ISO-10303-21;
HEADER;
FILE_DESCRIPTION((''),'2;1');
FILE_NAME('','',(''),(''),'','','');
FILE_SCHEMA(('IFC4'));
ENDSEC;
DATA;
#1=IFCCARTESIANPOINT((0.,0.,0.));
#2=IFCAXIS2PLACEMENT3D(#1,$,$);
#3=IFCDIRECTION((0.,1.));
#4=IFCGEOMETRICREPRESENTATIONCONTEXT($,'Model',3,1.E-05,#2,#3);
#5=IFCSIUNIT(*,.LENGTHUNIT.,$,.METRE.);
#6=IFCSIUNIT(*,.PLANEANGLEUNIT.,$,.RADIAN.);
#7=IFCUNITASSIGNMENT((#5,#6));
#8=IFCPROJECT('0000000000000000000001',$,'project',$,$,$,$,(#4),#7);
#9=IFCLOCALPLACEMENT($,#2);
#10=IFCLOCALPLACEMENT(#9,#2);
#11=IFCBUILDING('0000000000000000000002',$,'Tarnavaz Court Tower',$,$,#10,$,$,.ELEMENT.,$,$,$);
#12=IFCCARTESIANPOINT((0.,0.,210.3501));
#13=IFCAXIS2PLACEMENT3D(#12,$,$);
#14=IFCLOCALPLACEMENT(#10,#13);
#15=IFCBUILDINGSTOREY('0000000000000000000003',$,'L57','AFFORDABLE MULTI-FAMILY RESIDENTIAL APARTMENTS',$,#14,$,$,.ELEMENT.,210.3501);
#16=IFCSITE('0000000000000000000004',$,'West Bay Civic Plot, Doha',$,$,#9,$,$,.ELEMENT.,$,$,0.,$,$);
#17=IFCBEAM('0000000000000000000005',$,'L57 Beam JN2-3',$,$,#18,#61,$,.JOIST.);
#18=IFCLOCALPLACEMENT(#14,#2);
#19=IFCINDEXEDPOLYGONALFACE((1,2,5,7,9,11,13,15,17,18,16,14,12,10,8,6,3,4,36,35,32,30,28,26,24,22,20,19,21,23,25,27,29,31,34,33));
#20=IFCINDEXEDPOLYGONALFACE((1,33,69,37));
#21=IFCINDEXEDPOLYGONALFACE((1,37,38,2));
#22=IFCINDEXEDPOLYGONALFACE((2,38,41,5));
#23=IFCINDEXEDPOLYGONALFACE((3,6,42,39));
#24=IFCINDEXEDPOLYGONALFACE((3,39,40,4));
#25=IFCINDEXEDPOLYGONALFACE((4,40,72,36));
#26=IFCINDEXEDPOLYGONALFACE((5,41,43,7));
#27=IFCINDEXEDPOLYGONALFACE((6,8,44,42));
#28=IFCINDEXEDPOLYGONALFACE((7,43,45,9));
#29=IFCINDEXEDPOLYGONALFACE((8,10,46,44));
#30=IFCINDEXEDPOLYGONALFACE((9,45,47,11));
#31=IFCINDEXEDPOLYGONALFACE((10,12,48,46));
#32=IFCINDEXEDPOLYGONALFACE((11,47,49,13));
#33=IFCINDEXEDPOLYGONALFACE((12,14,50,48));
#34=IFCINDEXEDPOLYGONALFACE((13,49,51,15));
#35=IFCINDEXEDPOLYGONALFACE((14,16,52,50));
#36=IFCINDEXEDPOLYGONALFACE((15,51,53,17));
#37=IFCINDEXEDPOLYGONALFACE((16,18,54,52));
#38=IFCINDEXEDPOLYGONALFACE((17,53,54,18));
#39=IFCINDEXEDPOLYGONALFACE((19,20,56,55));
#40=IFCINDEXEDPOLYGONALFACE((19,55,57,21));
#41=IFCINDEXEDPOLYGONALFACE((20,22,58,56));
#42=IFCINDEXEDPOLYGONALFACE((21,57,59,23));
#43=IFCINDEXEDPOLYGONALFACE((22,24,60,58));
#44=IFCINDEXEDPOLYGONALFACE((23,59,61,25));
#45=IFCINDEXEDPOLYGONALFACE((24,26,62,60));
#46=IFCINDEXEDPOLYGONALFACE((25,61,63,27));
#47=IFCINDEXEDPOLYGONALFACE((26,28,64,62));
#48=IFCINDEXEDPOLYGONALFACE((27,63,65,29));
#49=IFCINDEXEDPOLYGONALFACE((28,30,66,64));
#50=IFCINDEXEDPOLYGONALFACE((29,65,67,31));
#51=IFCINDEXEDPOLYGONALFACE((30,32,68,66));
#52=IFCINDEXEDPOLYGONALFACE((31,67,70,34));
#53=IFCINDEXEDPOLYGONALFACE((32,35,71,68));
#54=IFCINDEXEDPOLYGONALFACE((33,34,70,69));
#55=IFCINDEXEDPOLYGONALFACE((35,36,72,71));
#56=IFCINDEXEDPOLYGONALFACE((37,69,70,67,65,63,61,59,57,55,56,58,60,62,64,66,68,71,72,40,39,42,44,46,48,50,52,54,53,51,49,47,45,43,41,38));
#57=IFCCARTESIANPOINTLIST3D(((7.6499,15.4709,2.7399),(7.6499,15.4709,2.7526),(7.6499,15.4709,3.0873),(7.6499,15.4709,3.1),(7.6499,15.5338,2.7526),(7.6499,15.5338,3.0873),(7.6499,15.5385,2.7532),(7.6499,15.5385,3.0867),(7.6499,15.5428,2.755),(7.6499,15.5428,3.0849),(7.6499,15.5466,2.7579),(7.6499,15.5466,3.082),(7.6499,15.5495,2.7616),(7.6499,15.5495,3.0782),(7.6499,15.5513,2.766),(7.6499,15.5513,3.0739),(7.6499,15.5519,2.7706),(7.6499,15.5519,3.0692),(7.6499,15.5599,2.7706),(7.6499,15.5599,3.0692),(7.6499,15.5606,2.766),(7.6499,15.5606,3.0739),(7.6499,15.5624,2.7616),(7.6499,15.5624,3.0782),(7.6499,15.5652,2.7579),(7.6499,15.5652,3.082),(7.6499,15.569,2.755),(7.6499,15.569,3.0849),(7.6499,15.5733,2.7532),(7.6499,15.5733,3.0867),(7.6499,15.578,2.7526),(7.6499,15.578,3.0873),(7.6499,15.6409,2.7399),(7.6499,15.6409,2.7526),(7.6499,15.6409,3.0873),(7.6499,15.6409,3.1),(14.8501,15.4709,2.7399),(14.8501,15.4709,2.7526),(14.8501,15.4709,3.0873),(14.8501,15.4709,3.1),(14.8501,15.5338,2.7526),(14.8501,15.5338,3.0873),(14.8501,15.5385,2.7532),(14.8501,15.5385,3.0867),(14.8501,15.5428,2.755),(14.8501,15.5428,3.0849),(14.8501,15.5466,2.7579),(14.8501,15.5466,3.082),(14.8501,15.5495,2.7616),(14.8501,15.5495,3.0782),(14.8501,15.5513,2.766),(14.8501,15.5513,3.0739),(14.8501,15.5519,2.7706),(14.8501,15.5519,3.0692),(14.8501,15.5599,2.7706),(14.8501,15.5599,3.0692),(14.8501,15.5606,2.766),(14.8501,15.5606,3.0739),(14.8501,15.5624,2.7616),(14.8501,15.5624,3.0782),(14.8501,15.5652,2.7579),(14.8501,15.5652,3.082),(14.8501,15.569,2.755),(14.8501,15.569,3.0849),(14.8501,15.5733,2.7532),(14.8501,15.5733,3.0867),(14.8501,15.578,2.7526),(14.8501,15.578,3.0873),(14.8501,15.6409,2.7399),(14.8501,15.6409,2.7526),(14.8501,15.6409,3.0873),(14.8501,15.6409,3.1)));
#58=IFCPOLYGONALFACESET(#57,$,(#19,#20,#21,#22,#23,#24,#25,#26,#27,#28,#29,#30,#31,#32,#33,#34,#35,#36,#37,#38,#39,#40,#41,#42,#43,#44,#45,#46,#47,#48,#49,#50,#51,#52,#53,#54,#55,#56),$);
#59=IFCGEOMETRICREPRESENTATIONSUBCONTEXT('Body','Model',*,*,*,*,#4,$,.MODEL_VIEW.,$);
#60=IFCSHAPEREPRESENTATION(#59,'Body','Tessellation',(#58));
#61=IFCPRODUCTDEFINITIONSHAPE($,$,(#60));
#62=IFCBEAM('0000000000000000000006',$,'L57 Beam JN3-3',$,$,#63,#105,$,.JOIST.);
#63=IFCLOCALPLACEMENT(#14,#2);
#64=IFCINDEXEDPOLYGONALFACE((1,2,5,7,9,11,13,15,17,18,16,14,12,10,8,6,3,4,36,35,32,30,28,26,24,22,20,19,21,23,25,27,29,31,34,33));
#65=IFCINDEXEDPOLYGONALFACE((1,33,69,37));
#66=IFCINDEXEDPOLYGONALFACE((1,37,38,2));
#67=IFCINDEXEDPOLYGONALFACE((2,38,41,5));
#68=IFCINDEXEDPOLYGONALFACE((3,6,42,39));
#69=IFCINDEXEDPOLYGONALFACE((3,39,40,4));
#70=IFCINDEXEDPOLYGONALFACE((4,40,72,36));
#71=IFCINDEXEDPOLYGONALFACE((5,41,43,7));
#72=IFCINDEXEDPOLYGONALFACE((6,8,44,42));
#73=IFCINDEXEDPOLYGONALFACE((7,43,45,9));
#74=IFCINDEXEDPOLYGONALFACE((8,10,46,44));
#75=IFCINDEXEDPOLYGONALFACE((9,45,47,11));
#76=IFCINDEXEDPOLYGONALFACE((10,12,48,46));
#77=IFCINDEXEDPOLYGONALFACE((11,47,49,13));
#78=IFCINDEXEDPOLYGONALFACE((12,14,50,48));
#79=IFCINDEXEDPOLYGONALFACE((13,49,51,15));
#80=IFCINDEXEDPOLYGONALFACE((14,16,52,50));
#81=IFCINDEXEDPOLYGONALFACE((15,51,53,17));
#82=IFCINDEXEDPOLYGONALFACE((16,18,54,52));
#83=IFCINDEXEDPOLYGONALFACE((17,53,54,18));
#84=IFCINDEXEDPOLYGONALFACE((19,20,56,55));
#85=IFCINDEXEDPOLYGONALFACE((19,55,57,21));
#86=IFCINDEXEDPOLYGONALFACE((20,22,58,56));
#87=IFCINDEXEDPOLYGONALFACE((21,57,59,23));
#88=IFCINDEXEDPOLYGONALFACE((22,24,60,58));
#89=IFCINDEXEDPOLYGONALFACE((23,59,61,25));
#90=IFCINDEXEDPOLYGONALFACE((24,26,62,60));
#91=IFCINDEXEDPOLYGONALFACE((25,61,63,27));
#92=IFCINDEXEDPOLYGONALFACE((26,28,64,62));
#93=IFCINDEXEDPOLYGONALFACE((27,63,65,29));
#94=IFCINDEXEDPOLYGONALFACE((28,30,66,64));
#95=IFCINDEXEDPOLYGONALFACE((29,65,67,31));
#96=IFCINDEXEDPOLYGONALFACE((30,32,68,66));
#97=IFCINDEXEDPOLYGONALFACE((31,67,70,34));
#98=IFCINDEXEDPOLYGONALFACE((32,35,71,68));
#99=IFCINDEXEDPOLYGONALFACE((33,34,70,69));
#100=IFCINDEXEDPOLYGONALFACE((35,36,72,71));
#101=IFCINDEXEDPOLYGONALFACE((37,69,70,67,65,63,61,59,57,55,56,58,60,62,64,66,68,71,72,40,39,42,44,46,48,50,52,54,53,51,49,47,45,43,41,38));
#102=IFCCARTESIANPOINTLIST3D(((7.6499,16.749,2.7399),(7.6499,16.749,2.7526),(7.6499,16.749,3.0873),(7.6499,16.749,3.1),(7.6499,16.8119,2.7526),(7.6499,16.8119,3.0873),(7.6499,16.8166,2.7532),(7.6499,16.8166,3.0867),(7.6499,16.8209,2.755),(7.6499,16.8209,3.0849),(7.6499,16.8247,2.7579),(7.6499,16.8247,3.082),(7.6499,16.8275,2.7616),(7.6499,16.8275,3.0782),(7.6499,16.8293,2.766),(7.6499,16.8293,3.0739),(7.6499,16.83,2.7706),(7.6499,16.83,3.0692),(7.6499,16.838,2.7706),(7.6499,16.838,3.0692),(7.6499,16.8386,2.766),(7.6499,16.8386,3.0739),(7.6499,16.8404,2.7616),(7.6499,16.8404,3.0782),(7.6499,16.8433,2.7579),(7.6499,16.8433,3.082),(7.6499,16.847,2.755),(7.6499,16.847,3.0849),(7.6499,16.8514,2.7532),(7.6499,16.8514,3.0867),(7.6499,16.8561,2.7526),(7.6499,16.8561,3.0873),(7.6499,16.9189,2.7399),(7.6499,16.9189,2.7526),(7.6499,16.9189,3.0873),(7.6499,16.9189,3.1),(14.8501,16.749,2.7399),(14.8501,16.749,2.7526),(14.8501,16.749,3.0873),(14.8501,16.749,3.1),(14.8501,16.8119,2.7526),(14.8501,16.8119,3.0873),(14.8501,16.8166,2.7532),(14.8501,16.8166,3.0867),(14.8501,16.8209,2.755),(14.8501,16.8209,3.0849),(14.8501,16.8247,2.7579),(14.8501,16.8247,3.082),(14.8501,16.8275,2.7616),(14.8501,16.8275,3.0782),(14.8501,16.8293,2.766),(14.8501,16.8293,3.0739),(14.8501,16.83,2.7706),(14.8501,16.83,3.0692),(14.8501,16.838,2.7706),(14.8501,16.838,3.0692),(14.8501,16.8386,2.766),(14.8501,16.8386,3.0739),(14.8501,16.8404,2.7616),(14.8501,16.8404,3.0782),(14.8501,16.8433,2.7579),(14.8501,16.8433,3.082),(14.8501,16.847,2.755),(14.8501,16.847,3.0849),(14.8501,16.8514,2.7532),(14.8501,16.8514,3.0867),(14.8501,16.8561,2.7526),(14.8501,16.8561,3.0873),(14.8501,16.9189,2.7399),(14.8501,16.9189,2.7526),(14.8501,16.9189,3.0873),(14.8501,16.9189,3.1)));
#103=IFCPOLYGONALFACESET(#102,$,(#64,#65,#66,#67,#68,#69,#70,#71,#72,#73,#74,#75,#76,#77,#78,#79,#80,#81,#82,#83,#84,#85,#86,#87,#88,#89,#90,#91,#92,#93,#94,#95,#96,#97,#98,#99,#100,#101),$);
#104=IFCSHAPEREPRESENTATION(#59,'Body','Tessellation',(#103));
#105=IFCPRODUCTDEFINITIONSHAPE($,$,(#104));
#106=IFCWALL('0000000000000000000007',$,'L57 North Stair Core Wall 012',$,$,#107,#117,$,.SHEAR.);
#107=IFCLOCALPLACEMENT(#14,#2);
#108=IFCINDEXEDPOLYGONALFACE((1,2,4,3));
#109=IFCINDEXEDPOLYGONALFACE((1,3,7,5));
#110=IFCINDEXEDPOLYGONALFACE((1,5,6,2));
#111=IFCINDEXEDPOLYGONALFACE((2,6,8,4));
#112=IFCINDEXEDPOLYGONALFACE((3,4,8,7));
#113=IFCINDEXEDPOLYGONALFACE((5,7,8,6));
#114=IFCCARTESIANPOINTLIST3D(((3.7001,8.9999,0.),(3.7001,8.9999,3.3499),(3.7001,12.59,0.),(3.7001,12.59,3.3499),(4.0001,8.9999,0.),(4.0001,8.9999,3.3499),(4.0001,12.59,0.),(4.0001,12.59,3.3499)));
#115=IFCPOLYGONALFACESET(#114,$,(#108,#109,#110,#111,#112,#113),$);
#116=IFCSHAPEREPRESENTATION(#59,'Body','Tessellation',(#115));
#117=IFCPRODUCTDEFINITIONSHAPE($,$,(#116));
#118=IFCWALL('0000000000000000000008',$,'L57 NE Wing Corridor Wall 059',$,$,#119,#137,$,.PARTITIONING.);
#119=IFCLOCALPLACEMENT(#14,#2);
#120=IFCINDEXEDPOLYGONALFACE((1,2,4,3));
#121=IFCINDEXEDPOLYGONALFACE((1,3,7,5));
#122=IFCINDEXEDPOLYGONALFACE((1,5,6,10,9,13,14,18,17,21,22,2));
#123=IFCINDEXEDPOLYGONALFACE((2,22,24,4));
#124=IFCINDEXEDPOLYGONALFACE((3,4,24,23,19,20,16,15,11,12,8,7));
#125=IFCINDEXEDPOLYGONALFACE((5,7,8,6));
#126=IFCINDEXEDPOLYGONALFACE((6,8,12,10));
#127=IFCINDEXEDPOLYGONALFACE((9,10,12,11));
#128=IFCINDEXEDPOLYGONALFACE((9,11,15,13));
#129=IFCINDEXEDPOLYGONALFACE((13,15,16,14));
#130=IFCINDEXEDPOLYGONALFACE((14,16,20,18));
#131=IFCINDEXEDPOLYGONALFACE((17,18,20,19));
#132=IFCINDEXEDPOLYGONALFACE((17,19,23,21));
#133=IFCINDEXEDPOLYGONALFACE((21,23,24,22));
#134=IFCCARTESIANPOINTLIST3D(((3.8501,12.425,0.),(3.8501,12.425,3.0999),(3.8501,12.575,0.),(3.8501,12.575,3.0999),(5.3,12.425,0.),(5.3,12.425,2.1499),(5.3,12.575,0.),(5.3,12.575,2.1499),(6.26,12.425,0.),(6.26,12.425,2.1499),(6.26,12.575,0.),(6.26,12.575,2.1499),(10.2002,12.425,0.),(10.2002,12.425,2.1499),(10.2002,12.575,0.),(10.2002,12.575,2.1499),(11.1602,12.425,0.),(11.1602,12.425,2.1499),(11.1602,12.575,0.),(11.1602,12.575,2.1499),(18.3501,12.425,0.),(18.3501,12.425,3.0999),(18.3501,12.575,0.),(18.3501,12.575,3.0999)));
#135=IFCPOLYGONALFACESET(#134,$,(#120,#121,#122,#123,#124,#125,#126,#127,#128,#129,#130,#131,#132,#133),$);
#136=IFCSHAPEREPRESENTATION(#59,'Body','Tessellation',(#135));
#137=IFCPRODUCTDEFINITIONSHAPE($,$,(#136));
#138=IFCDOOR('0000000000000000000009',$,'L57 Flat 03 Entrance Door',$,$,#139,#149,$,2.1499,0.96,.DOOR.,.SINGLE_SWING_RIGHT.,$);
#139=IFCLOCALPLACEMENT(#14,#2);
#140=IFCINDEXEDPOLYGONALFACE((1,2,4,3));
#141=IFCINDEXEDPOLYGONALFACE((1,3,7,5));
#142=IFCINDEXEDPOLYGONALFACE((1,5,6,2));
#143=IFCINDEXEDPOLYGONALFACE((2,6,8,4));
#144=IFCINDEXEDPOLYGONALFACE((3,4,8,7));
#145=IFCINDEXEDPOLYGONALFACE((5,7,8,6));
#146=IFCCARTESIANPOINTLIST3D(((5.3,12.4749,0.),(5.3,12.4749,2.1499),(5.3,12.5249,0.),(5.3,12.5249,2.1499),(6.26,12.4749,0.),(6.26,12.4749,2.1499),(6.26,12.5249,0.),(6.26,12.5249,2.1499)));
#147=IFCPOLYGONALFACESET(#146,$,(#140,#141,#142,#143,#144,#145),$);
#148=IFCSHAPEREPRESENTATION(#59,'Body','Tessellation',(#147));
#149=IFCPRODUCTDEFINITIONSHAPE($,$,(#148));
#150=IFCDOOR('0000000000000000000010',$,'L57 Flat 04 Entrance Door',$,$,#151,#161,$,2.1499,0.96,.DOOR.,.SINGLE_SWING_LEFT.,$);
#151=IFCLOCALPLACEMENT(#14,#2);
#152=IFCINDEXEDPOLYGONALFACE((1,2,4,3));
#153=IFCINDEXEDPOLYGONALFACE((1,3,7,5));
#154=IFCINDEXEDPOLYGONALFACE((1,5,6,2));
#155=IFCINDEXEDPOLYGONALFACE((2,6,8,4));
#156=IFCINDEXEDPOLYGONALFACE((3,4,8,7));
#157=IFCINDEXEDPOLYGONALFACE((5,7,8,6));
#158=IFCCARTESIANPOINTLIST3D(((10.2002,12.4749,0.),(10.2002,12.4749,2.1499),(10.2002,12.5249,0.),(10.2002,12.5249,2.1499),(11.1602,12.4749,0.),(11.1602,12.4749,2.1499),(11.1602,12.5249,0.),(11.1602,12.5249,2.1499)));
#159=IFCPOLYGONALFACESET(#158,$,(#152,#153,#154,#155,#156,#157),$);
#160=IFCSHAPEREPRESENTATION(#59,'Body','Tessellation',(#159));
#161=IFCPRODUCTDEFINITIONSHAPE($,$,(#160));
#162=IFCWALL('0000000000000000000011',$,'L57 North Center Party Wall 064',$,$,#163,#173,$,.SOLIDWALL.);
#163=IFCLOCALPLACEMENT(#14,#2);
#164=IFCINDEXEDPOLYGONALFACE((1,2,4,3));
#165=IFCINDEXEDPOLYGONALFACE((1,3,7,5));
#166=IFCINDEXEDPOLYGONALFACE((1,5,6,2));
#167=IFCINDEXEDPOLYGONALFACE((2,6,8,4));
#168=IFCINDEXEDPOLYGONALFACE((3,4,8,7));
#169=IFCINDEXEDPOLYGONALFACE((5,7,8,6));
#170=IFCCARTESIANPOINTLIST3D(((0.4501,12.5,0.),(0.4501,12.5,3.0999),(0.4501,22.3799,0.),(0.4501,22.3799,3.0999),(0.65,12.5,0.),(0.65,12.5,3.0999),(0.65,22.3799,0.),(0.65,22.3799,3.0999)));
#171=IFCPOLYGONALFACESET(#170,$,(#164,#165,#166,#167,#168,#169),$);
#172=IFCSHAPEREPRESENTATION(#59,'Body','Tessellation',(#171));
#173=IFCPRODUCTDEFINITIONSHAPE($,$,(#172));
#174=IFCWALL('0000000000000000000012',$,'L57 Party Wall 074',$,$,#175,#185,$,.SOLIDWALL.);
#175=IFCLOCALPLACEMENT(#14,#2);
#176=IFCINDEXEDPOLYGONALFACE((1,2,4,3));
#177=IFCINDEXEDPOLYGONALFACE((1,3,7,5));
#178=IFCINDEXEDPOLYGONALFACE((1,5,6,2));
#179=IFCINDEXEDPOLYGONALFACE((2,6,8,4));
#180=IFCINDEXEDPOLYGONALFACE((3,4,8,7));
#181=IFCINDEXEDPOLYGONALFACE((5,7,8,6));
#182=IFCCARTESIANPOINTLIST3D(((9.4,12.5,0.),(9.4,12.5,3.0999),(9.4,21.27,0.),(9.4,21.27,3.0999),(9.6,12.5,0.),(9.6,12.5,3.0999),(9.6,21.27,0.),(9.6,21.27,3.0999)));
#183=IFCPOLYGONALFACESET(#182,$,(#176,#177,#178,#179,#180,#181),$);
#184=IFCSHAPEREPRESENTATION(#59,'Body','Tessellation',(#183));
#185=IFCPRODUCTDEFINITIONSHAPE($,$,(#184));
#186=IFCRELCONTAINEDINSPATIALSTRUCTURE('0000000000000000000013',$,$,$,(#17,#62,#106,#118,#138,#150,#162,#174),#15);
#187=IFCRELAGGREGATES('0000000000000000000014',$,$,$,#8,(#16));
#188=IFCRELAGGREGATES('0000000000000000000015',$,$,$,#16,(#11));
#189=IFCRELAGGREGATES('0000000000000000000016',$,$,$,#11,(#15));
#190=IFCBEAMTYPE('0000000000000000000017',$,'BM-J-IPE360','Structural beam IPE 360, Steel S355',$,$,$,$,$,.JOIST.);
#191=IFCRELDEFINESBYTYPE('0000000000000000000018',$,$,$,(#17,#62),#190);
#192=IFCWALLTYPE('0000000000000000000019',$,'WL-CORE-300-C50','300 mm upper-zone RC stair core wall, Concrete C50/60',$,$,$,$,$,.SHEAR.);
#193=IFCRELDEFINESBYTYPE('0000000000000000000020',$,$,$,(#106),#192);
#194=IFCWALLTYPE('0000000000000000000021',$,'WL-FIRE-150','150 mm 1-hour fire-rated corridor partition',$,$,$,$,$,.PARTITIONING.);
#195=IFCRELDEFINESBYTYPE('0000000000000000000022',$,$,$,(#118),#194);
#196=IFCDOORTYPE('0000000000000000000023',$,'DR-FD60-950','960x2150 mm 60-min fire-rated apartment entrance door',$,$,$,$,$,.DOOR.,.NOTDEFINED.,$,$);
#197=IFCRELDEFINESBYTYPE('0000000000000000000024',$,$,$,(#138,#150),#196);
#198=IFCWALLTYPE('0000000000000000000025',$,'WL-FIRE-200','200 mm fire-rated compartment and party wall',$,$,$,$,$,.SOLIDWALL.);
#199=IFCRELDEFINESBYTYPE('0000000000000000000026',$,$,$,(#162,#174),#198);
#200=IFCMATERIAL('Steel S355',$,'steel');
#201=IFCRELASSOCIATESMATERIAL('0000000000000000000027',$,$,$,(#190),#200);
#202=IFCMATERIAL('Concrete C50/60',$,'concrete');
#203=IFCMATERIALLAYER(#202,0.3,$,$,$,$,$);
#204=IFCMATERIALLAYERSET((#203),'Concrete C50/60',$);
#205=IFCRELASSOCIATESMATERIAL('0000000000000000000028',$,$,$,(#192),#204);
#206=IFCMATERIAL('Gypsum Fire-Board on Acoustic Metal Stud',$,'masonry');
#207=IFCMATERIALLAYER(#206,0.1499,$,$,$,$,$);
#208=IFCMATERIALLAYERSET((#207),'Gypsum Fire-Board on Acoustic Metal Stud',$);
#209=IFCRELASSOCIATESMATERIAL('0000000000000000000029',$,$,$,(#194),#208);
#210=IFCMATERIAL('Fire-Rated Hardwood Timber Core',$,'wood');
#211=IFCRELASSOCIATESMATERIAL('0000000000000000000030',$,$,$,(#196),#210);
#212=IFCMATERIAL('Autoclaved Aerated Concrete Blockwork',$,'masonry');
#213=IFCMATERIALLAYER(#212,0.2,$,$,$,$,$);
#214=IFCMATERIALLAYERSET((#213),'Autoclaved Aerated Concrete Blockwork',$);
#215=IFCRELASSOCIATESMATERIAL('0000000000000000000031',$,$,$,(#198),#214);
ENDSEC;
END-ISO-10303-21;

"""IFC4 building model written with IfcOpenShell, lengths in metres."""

from ifc_helpers import new_model, si_unit, direction, frame, frame_2d, origin, origin_2d, place, context, subcontext, project, spatial, rectangle, i_section, extrude, material, layer, layer_set, material_profile, profile_set, type_object, element, fill, save


model = new_model("IFC4")

# Units and contexts
model_context = context("Model", 3, precision=1e-05, world=origin(), true_north=direction((0.0, 1.0)))
body_context = subcontext(model_context, "Body", "Model", "MODEL_VIEW")
ifc_project = project(units=[si_unit("LENGTHUNIT", "METRE"), si_unit("PLANEANGLEUNIT", "RADIAN")], contexts=[model_context])

# Site, building, storey
site_placement = place(None, origin())
site = spatial("IfcSite", under=ifc_project, at=site_placement, Name="West Bay Civic Plot, Doha", CompositionType="ELEMENT", RefElevation=0.0)
building_placement = place(site_placement, origin())
building = spatial("IfcBuilding", under=site, at=building_placement, Name="Tarnavaz Court Tower", CompositionType="ELEMENT")
storey_placement = place(building_placement, frame((0.0, 0.0, 210.3501)))
storey = spatial("IfcBuildingStorey", under=building, at=storey_placement, Name="L57", Description="AFFORDABLE MULTI-FAMILY RESIDENTIAL APARTMENTS", CompositionType="ELEMENT", Elevation=210.3501)

# Shared definitions
ifc_material_1 = material(Name="Concrete C50/60", Category="concrete")

# Beams
ifc_material_2 = material(Name="Steel S355", Category="steel")
ifc_material_profile_1 = material_profile(ifc_material_2, i_section(OverallWidth=0.1699, OverallDepth=0.3601, WebThickness=0.0081, FlangeThickness=0.0127, FilletRadius=0.0181, at=origin_2d()), Name="IPE 360")
ifc_profile_set_1 = profile_set([ifc_material_profile_1], Name="Steel S355")
beam_type_1 = type_object("IfcBeamType", Name="BM-J-IPE360", Description="Structural beam IPE 360, Steel S355", PredefinedType="JOIST", material=ifc_profile_set_1)
for number, where, z_axis, x_axis, name in (
    (1, (7.6499, 15.5559, 2.9199), (1.0, 0.0, 0.0), (0.0, 1.0, 0.0), "L57 Beam JN2-3"),
    (2, (7.6499, 16.834, 2.9199), (1.0, 0.0, 0.0), (0.0, 1.0, 0.0), "L57 Beam JN3-3"),
):
    element("IfcBeam", number, at=place(storey_placement, frame(where, z_axis=z_axis, x_axis=x_axis)), inside=storey, type_object=beam_type_1, Name=name, PredefinedType="JOIST", context=body_context, shape_type="SweptSolid", body=[
        extrude(i_section(OverallWidth=0.1699, OverallDepth=0.3601, WebThickness=0.0081, FlangeThickness=0.0127, FilletRadius=0.0181, at=origin_2d()), origin(), (0.0, 0.0, 1.0), 7.2002),
    ])

# Wall
ifc_layer_1 = layer(ifc_material_1, 0.3)
ifc_layer_set_1 = layer_set([ifc_layer_1], Name="Concrete C50/60")
wall_type_1 = type_object("IfcWallType", Name="WL-CORE-300-C50", Description="300 mm upper-zone RC stair core wall, Concrete C50/60", PredefinedType="SHEAR", material=ifc_layer_set_1)
wall_1_placement = place(storey_placement, frame((3.8501, 9.0, 0.0), z_axis=(0.0, 0.0, 1.0), x_axis=(0.0, 1.0, 0.0)))
element("IfcWall", 3, at=wall_1_placement, inside=storey, type_object=wall_type_1, Name="L57 North Stair Core Wall 012", PredefinedType="SHEAR", context=body_context, shape_type="SweptSolid", body=[
    extrude(rectangle(XDim=3.5901, YDim=0.3, at=frame_2d((1.7949, 0.0))), origin(), (0.0, 0.0, 1.0), 3.3499),
])

# Wall, openings, doors
ifc_material_3 = material(Name="Gypsum Fire-Board on Acoustic Metal Stud", Category="masonry")
ifc_layer_2 = layer(ifc_material_3, 0.1499)
ifc_layer_set_2 = layer_set([ifc_layer_2], Name="Gypsum Fire-Board on Acoustic Metal Stud")
wall_type_2 = type_object("IfcWallType", Name="WL-FIRE-150", Description="150 mm 1-hour fire-rated corridor partition", PredefinedType="PARTITIONING", material=ifc_layer_set_2)
wall_2_placement = place(storey_placement, frame((3.8501, 12.5, 0.0), z_axis=(0.0, 0.0, 1.0), x_axis=(1.0, 0.0, 0.0)))
wall_2 = element("IfcWall", 4, at=wall_2_placement, inside=storey, type_object=wall_type_2, Name="L57 NE Wing Corridor Wall 059", PredefinedType="PARTITIONING", context=body_context, shape_type="SweptSolid", body=[
    extrude(rectangle(XDim=14.5, YDim=0.1499, at=frame_2d((7.25, 0.0))), origin(), (0.0, 0.0, 1.0), 3.0999),
])
opening_1_placement = place(wall_2_placement, frame((1.45, 0.0, 0.0)))
opening_1 = element("IfcOpeningElement", 5, at=opening_1_placement, cuts=wall_2, PredefinedType="OPENING", context=body_context, shape_type="SweptSolid", body=[
    extrude(rectangle(XDim=0.96, YDim=2.1499, at=frame_2d((0.48, 1.075))), frame((0.0, 0.085, 0.0), z_axis=(0.0, -1.0, 0.0), x_axis=(1.0, 0.0, 0.0)), (0.0, 0.0, 1.0), 0.1699),
])
opening_2_placement = place(wall_2_placement, frame((6.3501, 0.0, 0.0)))
opening_2 = element("IfcOpeningElement", 6, at=opening_2_placement, cuts=wall_2, PredefinedType="OPENING", context=body_context, shape_type="SweptSolid", body=[
    extrude(rectangle(XDim=0.96, YDim=2.1499, at=frame_2d((0.48, 1.075))), frame((0.0, 0.085, 0.0), z_axis=(0.0, -1.0, 0.0), x_axis=(1.0, 0.0, 0.0)), (0.0, 0.0, 1.0), 0.1699),
])
ifc_material_4 = material(Name="Fire-Rated Hardwood Timber Core", Category="wood")
door_type_1 = type_object("IfcDoorType", Name="DR-FD60-950", Description="960x2150 mm 60-min fire-rated apartment entrance door", OperationType="NOTDEFINED", PredefinedType="DOOR", material=ifc_material_4)
door_1_placement = place(opening_1_placement, origin())
door_1 = element("IfcDoor", 7, at=door_1_placement, inside=storey, type_object=door_type_1, Name="L57 Flat 03 Entrance Door", OperationType="SINGLE_SWING_RIGHT", OverallHeight=2.1499, OverallWidth=0.96, PredefinedType="DOOR", context=body_context, shape_type="SweptSolid", body=[
    extrude(rectangle(XDim=0.96, YDim=2.1499, at=frame_2d((0.48, 1.075))), frame((0.0, 0.0249, 0.0), z_axis=(0.0, -1.0, 0.0), x_axis=(1.0, 0.0, 0.0)), (0.0, 0.0, 1.0), 0.05),
])
fill(opening_1, door_1)
door_2_placement = place(opening_2_placement, origin())
door_2 = element("IfcDoor", 8, at=door_2_placement, inside=storey, type_object=door_type_1, Name="L57 Flat 04 Entrance Door", OperationType="SINGLE_SWING_LEFT", OverallHeight=2.1499, OverallWidth=0.96, PredefinedType="DOOR", context=body_context, shape_type="SweptSolid", body=[
    extrude(rectangle(XDim=0.96, YDim=2.1499, at=frame_2d((0.48, 1.075))), frame((0.0, 0.0249, 0.0), z_axis=(0.0, -1.0, 0.0), x_axis=(1.0, 0.0, 0.0)), (0.0, 0.0, 1.0), 0.05),
])
fill(opening_2, door_2)

# Walls
ifc_material_5 = material(Name="Autoclaved Aerated Concrete Blockwork", Category="masonry")
ifc_layer_3 = layer(ifc_material_5, 0.2)
ifc_layer_set_3 = layer_set([ifc_layer_3], Name="Autoclaved Aerated Concrete Blockwork")
wall_type_3 = type_object("IfcWallType", Name="WL-FIRE-200", Description="200 mm fire-rated compartment and party wall", PredefinedType="SOLIDWALL", material=ifc_layer_set_3)
wall_3_placement = place(storey_placement, frame((0.55, 12.5, 0.0), z_axis=(0.0, 0.0, 1.0), x_axis=(0.0, 1.0, 0.0)))
element("IfcWall", 9, at=wall_3_placement, inside=storey, type_object=wall_type_3, Name="L57 North Center Party Wall 064", PredefinedType="SOLIDWALL", context=body_context, shape_type="SweptSolid", body=[
    extrude(rectangle(XDim=9.8799, YDim=0.2, at=frame_2d((4.9399, 0.0))), origin(), (0.0, 0.0, 1.0), 3.0999),
])
wall_4_placement = place(storey_placement, frame((9.5, 12.5, 0.0), z_axis=(0.0, 0.0, 1.0), x_axis=(0.0, 1.0, 0.0)))
element("IfcWall", 10, at=wall_4_placement, inside=storey, type_object=wall_type_3, Name="L57 Party Wall 074", PredefinedType="SOLIDWALL", context=body_context, shape_type="SweptSolid", body=[
    extrude(rectangle(XDim=8.77, YDim=0.2, at=frame_2d((4.385, 0.0))), origin(), (0.0, 0.0, 1.0), 3.0999),
])

save(model, "model.ifc")
